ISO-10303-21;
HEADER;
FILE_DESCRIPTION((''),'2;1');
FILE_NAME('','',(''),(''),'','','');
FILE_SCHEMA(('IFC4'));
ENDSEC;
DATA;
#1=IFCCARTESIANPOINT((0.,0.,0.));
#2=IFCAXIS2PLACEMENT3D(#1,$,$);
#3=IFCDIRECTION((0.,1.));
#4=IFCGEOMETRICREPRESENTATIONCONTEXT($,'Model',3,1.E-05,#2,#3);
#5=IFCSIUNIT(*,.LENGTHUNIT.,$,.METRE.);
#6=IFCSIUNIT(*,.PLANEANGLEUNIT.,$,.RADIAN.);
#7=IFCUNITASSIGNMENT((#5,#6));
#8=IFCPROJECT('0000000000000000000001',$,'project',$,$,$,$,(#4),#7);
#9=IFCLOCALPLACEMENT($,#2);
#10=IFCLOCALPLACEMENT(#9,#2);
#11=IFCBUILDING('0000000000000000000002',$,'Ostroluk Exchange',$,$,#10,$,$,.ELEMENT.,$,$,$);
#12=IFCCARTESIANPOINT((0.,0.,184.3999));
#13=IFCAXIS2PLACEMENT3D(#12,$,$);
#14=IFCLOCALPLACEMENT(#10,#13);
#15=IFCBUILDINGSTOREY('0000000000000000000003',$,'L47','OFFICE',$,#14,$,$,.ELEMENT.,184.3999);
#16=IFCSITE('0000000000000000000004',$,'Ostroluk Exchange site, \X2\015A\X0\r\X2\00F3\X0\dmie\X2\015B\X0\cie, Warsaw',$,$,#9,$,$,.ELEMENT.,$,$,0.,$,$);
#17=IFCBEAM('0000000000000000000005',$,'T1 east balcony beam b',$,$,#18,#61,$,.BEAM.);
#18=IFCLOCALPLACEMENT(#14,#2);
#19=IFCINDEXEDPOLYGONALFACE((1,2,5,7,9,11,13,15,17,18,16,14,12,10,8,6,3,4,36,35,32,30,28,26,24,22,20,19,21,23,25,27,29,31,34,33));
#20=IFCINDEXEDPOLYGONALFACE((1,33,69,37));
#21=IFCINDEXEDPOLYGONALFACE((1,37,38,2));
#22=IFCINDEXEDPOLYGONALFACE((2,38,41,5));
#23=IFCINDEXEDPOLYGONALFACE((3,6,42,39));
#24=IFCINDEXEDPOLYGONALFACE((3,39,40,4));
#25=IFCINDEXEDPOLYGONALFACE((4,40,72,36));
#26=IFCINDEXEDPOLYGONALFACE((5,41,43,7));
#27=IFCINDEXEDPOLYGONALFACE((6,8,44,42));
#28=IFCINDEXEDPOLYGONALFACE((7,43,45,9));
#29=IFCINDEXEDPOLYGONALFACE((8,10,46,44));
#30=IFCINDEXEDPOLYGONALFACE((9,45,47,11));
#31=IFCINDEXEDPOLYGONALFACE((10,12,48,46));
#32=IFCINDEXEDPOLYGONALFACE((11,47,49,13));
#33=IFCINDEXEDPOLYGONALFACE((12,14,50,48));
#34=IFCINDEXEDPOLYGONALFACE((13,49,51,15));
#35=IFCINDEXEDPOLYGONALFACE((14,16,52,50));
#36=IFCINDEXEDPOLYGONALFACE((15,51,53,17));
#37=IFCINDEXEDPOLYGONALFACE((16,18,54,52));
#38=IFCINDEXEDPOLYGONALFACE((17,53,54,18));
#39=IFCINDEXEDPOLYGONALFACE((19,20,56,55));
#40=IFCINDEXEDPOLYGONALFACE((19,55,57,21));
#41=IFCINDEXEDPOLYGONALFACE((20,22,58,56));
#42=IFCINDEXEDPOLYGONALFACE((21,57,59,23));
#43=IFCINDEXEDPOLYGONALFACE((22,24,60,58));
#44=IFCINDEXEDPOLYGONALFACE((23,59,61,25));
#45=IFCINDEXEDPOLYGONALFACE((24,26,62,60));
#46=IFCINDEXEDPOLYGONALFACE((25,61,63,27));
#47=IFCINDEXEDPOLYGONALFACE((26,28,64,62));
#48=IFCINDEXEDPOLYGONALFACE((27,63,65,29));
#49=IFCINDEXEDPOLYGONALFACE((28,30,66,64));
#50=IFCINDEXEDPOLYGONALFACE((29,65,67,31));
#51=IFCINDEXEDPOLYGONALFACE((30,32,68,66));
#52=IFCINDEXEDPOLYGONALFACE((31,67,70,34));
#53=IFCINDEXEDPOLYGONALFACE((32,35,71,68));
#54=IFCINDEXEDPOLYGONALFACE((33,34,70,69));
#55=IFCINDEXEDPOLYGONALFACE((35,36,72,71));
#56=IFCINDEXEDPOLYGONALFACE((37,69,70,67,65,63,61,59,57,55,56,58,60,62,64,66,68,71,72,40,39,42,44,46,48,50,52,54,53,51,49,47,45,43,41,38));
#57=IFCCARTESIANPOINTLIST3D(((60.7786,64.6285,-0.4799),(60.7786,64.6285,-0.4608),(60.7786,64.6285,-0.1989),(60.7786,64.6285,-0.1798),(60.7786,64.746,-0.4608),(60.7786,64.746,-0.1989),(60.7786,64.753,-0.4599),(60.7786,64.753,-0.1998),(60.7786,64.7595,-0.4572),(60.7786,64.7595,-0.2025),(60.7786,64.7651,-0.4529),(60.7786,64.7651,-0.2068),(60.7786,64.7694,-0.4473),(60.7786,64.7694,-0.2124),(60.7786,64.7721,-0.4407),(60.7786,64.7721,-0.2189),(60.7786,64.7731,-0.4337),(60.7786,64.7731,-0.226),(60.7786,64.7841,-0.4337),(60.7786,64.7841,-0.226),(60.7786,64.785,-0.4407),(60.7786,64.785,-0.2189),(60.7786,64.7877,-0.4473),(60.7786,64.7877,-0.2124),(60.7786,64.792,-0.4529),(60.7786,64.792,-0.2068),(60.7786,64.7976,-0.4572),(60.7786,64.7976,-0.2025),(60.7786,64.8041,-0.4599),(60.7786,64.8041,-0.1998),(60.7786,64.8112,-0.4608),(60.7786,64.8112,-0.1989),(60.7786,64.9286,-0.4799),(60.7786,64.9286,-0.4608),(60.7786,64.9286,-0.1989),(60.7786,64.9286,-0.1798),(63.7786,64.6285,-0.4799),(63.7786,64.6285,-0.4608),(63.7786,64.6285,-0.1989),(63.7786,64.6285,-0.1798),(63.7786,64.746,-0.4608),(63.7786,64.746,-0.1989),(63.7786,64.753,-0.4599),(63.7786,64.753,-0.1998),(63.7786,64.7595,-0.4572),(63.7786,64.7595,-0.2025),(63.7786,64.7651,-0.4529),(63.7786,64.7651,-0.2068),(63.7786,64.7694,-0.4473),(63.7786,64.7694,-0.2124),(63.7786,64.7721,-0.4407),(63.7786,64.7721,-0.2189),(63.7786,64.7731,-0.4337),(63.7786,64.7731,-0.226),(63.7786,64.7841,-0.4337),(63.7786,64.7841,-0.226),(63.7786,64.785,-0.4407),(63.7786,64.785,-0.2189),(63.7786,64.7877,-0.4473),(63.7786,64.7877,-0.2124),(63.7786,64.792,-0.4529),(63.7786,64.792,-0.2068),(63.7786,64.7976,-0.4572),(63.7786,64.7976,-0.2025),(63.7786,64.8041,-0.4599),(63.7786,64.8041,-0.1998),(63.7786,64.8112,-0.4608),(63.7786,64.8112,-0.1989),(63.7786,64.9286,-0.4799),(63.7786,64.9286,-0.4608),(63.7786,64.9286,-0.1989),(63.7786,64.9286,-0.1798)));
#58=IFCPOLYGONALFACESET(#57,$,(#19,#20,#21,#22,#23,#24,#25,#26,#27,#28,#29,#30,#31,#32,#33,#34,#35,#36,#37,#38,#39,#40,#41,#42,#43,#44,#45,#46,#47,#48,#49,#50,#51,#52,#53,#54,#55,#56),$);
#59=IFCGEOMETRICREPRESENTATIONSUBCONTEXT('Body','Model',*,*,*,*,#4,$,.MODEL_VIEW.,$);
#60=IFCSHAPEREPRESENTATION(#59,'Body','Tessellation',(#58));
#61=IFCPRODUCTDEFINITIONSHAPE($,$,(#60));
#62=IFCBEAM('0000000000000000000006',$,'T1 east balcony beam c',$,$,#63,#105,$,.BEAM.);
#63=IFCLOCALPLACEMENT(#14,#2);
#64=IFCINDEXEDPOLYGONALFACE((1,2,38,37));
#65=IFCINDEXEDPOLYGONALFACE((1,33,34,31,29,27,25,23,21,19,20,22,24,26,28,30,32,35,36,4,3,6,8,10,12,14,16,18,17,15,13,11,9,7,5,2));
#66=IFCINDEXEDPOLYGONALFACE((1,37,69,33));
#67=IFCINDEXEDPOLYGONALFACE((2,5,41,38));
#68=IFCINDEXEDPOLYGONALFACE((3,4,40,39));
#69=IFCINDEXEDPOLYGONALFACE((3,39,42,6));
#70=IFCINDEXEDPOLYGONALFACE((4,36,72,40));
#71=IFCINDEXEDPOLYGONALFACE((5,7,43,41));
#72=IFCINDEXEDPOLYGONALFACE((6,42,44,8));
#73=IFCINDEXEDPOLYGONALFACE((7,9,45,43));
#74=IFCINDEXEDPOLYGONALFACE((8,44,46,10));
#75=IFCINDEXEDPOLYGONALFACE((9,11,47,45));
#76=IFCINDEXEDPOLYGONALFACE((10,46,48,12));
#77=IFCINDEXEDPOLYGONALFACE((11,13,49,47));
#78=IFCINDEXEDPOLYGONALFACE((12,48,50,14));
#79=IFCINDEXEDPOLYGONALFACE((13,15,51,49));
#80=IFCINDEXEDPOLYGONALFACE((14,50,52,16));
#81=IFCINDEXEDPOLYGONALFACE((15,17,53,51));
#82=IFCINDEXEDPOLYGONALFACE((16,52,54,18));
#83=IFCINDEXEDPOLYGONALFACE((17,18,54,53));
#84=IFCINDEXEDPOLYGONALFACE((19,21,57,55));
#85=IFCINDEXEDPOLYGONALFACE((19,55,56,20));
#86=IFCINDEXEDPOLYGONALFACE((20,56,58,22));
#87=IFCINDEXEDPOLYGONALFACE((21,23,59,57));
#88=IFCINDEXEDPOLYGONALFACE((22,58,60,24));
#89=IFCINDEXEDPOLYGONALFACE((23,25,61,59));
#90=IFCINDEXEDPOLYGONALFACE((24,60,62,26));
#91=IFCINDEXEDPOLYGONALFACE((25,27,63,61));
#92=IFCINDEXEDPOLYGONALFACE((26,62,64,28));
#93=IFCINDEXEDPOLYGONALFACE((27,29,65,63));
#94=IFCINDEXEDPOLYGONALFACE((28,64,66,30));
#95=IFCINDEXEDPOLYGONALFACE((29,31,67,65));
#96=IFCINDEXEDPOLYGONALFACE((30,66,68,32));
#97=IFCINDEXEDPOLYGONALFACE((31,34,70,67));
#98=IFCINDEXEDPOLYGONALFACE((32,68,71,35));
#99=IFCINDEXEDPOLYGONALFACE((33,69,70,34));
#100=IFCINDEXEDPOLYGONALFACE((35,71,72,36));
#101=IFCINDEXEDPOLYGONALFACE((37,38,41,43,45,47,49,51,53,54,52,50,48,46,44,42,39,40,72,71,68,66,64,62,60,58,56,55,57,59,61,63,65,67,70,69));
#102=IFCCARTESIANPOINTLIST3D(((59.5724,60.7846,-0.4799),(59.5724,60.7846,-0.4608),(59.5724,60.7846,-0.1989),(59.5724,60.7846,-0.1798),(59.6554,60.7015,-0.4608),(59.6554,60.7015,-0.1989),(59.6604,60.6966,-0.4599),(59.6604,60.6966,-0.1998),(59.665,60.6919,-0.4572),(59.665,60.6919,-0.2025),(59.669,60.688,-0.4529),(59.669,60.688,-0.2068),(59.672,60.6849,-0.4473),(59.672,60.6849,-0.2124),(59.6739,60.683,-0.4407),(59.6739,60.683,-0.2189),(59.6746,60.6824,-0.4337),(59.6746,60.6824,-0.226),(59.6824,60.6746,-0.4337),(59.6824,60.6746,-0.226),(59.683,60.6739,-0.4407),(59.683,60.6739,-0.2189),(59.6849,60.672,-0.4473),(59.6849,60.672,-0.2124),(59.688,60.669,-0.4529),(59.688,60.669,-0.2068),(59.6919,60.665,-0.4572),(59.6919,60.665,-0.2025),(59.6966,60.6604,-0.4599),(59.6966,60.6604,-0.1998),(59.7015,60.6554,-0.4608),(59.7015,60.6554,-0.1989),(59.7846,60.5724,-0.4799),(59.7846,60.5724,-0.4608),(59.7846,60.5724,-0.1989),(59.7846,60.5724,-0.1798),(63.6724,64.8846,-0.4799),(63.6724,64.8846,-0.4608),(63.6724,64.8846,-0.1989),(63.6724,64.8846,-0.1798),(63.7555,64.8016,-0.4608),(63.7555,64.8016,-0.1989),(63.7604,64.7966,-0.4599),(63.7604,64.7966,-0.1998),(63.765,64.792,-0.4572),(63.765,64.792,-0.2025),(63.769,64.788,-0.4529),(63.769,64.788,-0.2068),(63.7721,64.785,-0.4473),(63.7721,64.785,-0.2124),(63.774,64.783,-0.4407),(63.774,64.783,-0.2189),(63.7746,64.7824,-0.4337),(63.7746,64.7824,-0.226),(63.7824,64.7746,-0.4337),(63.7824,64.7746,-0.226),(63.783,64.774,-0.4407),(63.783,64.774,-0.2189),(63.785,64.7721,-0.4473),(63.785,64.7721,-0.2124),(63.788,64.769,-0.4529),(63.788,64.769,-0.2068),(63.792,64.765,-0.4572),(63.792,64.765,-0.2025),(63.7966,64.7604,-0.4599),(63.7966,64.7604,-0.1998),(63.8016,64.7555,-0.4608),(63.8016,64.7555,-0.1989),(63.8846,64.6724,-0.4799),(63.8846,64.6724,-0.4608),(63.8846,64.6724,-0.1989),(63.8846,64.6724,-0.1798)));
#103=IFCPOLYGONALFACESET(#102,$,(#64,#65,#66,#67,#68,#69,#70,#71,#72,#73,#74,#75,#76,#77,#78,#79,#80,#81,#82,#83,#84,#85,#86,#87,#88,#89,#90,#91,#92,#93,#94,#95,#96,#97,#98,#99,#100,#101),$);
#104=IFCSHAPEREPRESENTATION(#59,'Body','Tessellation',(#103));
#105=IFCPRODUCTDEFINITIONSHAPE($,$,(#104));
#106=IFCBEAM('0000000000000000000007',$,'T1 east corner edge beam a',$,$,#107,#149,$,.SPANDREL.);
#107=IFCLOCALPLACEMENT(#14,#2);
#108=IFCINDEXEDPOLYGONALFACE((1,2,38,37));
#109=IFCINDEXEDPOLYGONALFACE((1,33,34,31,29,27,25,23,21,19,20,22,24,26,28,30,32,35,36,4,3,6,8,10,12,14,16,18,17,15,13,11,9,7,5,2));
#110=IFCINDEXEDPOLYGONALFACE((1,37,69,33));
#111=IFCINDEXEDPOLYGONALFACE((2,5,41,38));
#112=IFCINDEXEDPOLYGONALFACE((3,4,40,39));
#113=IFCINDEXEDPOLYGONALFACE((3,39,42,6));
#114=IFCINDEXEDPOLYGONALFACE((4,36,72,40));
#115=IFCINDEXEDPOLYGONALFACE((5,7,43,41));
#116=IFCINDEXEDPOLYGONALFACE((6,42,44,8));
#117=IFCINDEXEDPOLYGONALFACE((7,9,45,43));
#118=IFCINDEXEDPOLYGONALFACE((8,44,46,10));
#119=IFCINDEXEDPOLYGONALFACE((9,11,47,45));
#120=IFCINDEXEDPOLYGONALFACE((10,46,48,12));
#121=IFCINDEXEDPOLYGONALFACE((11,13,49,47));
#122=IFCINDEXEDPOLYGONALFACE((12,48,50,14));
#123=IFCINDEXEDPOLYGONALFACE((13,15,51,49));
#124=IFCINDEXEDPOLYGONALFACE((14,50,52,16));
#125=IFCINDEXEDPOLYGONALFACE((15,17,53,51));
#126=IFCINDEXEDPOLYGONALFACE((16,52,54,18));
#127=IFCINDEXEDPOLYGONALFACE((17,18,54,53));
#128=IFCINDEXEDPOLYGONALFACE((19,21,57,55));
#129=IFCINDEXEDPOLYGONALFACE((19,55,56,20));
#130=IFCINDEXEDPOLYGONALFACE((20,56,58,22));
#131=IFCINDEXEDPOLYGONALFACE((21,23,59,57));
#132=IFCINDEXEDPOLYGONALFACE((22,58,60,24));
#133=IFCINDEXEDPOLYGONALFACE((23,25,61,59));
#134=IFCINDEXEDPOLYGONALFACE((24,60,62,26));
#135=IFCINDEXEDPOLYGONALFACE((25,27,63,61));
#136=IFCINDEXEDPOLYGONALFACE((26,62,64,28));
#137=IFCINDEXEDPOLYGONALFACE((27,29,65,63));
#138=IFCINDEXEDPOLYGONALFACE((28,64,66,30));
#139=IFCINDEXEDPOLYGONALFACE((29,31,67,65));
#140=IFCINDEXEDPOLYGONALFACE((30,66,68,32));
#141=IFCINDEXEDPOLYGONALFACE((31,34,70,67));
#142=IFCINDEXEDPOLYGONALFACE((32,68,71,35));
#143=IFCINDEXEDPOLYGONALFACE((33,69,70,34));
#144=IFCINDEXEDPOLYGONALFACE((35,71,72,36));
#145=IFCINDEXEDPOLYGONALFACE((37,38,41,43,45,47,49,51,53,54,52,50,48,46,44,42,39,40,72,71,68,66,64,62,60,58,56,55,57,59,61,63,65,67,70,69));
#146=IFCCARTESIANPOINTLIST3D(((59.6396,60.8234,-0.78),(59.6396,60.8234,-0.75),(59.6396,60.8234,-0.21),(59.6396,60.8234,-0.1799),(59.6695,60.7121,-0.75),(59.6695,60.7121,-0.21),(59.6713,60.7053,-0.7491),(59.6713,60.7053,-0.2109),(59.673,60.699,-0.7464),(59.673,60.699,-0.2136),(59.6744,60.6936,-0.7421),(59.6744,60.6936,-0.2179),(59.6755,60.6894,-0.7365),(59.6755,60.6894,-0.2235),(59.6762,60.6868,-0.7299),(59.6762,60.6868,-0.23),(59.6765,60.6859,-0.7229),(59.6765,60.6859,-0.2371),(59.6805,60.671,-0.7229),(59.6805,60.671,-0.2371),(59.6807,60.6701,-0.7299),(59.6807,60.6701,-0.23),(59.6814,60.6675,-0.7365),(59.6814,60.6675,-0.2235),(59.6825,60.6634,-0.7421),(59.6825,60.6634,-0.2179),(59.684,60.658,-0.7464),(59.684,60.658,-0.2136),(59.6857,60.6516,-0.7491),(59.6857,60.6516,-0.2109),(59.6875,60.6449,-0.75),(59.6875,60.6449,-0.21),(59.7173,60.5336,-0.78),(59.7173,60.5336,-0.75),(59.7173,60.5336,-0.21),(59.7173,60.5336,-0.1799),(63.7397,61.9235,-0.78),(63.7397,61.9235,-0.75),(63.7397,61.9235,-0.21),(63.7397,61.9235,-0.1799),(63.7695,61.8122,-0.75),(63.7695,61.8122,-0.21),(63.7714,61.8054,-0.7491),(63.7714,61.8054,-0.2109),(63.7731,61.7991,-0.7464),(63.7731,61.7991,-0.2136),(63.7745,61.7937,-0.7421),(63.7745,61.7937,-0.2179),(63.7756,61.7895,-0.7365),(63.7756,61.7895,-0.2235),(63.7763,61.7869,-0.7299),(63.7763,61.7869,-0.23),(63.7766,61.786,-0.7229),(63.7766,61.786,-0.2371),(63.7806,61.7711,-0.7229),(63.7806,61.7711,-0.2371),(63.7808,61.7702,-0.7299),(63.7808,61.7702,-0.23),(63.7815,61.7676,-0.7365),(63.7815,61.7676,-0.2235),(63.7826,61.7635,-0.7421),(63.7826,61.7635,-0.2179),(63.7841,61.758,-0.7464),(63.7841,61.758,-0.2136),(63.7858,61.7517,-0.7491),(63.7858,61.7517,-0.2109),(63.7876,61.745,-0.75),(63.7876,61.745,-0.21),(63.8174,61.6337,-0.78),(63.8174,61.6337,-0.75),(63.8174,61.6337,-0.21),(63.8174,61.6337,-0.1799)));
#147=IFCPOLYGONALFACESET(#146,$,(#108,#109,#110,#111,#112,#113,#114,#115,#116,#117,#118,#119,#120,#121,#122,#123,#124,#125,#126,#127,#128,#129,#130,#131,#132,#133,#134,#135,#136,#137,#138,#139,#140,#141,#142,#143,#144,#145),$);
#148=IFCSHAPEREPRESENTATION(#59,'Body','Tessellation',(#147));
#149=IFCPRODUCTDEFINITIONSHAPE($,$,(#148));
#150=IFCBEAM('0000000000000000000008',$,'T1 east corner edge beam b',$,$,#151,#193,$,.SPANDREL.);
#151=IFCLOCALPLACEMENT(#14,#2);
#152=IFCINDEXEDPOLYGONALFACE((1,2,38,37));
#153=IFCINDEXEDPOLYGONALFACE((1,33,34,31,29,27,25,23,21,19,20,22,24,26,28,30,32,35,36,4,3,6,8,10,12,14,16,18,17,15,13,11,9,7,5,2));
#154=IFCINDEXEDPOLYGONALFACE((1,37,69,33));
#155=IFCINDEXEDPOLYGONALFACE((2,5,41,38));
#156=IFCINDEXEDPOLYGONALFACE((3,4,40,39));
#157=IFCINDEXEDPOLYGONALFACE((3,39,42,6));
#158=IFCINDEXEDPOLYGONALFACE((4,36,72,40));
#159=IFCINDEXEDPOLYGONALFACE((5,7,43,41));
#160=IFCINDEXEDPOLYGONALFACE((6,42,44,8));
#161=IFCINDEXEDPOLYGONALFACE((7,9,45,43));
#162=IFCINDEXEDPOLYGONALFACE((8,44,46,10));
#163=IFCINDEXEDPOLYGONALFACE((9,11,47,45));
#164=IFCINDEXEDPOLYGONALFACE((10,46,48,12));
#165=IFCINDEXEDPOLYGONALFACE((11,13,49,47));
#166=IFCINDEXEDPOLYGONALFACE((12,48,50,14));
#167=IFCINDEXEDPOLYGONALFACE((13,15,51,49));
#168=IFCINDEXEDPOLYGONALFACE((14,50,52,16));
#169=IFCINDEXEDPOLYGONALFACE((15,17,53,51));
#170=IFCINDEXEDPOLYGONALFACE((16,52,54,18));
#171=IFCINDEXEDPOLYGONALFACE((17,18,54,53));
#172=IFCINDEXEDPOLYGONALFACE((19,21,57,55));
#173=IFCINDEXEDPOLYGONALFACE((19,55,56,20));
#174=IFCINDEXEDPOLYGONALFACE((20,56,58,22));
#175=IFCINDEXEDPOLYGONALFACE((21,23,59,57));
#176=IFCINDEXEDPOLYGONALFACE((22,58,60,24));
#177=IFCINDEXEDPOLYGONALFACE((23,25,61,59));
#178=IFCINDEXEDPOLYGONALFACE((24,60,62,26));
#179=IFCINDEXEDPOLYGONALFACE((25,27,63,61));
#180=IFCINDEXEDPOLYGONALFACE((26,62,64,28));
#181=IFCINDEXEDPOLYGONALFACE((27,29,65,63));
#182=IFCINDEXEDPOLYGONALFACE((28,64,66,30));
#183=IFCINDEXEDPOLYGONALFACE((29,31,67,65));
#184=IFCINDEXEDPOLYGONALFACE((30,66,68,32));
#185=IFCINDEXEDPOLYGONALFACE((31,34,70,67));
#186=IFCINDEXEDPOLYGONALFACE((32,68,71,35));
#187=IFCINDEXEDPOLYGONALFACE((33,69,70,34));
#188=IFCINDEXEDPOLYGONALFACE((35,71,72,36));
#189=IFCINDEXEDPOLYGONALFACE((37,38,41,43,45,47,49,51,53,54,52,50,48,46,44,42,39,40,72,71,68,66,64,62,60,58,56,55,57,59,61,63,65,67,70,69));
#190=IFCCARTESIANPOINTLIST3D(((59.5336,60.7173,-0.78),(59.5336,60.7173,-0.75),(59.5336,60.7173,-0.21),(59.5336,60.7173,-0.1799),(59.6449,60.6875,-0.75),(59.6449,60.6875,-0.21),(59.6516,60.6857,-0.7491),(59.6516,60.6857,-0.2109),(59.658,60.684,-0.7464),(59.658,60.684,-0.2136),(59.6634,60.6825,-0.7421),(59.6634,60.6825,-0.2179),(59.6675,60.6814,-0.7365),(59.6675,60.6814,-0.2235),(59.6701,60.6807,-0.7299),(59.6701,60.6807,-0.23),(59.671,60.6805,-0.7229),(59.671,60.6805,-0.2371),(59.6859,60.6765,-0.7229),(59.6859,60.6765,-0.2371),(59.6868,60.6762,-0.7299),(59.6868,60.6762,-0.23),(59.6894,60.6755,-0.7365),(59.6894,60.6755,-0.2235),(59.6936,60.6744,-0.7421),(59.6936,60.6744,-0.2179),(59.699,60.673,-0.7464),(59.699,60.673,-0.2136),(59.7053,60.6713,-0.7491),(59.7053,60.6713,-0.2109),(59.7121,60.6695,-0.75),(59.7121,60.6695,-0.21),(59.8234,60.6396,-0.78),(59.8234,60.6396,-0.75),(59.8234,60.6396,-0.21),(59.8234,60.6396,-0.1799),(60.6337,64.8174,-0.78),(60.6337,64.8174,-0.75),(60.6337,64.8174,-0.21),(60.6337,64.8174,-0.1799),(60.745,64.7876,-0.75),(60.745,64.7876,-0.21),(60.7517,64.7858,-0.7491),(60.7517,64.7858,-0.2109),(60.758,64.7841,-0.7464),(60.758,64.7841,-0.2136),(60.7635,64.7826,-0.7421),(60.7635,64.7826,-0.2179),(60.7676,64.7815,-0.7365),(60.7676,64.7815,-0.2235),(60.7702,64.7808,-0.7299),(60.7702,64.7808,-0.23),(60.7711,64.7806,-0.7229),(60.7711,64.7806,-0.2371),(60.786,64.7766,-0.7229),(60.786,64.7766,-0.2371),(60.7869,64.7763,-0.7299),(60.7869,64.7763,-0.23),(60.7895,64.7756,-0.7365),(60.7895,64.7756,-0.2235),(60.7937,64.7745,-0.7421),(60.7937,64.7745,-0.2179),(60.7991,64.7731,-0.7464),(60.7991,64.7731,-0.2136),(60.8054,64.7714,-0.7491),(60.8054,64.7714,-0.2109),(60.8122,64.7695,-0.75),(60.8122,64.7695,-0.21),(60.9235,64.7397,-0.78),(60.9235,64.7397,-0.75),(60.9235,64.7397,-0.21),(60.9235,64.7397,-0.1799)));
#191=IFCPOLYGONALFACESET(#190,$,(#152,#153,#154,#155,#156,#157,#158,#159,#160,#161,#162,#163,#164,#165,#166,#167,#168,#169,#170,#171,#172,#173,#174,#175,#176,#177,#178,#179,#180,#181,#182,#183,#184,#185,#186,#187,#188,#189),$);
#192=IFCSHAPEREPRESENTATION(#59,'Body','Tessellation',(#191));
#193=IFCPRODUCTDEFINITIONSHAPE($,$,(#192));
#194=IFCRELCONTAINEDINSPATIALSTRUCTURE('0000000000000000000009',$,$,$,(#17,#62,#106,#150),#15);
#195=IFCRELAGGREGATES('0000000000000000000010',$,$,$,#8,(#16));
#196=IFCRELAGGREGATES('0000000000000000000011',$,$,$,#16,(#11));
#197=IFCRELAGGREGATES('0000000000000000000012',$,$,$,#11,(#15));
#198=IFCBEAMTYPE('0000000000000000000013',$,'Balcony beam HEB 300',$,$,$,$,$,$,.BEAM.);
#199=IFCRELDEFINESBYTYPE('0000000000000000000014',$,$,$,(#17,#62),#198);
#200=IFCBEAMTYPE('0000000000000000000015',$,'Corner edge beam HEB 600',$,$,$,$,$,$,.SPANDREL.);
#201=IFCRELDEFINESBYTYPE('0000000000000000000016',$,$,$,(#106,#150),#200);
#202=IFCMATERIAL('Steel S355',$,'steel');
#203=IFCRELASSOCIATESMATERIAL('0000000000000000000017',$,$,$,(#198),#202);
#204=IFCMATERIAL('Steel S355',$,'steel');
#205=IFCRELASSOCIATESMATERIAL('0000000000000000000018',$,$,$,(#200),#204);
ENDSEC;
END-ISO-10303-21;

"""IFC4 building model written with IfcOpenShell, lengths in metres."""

from ifc_helpers import new_model, si_unit, direction, frame, origin, origin_2d, place, context, subcontext, project, spatial, i_section, extrude, material, material_profile, profile_set, type_object, element, save


model = new_model("IFC4")

# Units and contexts
model_context = context("Model", 3, precision=1e-05, world=origin(), true_north=direction((0.0, 1.0)))
body_context = subcontext(model_context, "Body", "Model", "MODEL_VIEW")
ifc_project = project(units=[si_unit("LENGTHUNIT", "METRE"), si_unit("PLANEANGLEUNIT", "RADIAN")], contexts=[model_context])

# Site, building, storey
site_placement = place(None, origin())
site = spatial("IfcSite", under=ifc_project, at=site_placement, Name="Ostroluk Exchange site, Śródmieście, Warsaw", CompositionType="ELEMENT", RefElevation=0.0)
building_placement = place(site_placement, origin())
building = spatial("IfcBuilding", under=site, at=building_placement, Name="Ostroluk Exchange", CompositionType="ELEMENT")
storey_placement = place(building_placement, frame((0.0, 0.0, 184.3999)))
storey = spatial("IfcBuildingStorey", under=building, at=storey_placement, Name="L47", Description="OFFICE", CompositionType="ELEMENT", Elevation=184.3999)

# Beams
ifc_material_1 = material(Name="Steel S355", Category="steel")
ifc_material_profile_1 = material_profile(ifc_material_1, i_section(OverallWidth=0.3, OverallDepth=0.3, WebThickness=0.011, FlangeThickness=0.019, FilletRadius=0.0271, at=origin_2d()), Name="HEB 300")
ifc_profile_set_1 = profile_set([ifc_material_profile_1], Name="Steel S355")
beam_type_1 = type_object("IfcBeamType", Name="Balcony beam HEB 300", PredefinedType="BEAM", material=ifc_profile_set_1)
for number, where, z_axis, x_axis, name in (
    (1, (60.7786, 64.7786, -0.3298), (1.0, 0.0, 0.0), (0.0, 1.0, 0.0), "T1 east balcony beam b"),
):
    element("IfcBeam", number, at=place(storey_placement, frame(where, z_axis=z_axis, x_axis=x_axis)), inside=storey, type_object=beam_type_1, Name=name, PredefinedType="BEAM", context=body_context, shape_type="SweptSolid", body=[
        extrude(i_section(OverallWidth=0.3, OverallDepth=0.3, WebThickness=0.011, FlangeThickness=0.019, FilletRadius=0.0271, at=origin_2d()), origin(), (0.0, 0.0, 1.0), 3.0),
    ])
beam_1_placement = place(storey_placement, frame((59.6785, 60.6785, -0.3298), z_axis=(0.707107, 0.707107, 0.0), x_axis=(-0.707107, 0.707107, 0.0)))
element("IfcBeam", 2, at=beam_1_placement, inside=storey, type_object=beam_type_1, Name="T1 east balcony beam c", PredefinedType="BEAM", context=body_context, shape_type="SweptSolid", body=[
    extrude(i_section(OverallWidth=0.3, OverallDepth=0.3, WebThickness=0.011, FlangeThickness=0.019, FilletRadius=0.0271, at=origin_2d()), origin(), (0.0, 0.0, 1.0), 5.7983),
])
ifc_material_2 = material(Name="Steel S355", Category="steel")
ifc_material_profile_2 = material_profile(ifc_material_2, i_section(OverallWidth=0.3, OverallDepth=0.6001, WebThickness=0.0154, FlangeThickness=0.03, FilletRadius=0.0271, at=origin_2d()), Name="HEB 600")
ifc_profile_set_2 = profile_set([ifc_material_profile_2], Name="Steel S355")
beam_type_2 = type_object("IfcBeamType", Name="Corner edge beam HEB 600", PredefinedType="SPANDREL", material=ifc_profile_set_2)
for number, where, z_axis, x_axis, name in (
    (3, (59.6785, 60.6785, -0.48), (0.965839, 0.259144, 0.0), (-0.259144, 0.965839, 0.0), "T1 east corner edge beam a"),
    (4, (59.6785, 60.6785, -0.48), (0.259144, 0.965839, 0.0), (-0.965839, 0.259144, 0.0), "T1 east corner edge beam b"),
):
    element("IfcBeam", number, at=place(storey_placement, frame(where, z_axis=z_axis, x_axis=x_axis)), inside=storey, type_object=beam_type_2, Name=name, PredefinedType="SPANDREL", context=body_context, shape_type="SweptSolid", body=[
        extrude(i_section(OverallWidth=0.3, OverallDepth=0.6001, WebThickness=0.0154, FlangeThickness=0.03, FilletRadius=0.0271, at=origin_2d()), origin(), (0.0, 0.0, 1.0), 4.2451),
    ])

save(model, "model.ifc")
